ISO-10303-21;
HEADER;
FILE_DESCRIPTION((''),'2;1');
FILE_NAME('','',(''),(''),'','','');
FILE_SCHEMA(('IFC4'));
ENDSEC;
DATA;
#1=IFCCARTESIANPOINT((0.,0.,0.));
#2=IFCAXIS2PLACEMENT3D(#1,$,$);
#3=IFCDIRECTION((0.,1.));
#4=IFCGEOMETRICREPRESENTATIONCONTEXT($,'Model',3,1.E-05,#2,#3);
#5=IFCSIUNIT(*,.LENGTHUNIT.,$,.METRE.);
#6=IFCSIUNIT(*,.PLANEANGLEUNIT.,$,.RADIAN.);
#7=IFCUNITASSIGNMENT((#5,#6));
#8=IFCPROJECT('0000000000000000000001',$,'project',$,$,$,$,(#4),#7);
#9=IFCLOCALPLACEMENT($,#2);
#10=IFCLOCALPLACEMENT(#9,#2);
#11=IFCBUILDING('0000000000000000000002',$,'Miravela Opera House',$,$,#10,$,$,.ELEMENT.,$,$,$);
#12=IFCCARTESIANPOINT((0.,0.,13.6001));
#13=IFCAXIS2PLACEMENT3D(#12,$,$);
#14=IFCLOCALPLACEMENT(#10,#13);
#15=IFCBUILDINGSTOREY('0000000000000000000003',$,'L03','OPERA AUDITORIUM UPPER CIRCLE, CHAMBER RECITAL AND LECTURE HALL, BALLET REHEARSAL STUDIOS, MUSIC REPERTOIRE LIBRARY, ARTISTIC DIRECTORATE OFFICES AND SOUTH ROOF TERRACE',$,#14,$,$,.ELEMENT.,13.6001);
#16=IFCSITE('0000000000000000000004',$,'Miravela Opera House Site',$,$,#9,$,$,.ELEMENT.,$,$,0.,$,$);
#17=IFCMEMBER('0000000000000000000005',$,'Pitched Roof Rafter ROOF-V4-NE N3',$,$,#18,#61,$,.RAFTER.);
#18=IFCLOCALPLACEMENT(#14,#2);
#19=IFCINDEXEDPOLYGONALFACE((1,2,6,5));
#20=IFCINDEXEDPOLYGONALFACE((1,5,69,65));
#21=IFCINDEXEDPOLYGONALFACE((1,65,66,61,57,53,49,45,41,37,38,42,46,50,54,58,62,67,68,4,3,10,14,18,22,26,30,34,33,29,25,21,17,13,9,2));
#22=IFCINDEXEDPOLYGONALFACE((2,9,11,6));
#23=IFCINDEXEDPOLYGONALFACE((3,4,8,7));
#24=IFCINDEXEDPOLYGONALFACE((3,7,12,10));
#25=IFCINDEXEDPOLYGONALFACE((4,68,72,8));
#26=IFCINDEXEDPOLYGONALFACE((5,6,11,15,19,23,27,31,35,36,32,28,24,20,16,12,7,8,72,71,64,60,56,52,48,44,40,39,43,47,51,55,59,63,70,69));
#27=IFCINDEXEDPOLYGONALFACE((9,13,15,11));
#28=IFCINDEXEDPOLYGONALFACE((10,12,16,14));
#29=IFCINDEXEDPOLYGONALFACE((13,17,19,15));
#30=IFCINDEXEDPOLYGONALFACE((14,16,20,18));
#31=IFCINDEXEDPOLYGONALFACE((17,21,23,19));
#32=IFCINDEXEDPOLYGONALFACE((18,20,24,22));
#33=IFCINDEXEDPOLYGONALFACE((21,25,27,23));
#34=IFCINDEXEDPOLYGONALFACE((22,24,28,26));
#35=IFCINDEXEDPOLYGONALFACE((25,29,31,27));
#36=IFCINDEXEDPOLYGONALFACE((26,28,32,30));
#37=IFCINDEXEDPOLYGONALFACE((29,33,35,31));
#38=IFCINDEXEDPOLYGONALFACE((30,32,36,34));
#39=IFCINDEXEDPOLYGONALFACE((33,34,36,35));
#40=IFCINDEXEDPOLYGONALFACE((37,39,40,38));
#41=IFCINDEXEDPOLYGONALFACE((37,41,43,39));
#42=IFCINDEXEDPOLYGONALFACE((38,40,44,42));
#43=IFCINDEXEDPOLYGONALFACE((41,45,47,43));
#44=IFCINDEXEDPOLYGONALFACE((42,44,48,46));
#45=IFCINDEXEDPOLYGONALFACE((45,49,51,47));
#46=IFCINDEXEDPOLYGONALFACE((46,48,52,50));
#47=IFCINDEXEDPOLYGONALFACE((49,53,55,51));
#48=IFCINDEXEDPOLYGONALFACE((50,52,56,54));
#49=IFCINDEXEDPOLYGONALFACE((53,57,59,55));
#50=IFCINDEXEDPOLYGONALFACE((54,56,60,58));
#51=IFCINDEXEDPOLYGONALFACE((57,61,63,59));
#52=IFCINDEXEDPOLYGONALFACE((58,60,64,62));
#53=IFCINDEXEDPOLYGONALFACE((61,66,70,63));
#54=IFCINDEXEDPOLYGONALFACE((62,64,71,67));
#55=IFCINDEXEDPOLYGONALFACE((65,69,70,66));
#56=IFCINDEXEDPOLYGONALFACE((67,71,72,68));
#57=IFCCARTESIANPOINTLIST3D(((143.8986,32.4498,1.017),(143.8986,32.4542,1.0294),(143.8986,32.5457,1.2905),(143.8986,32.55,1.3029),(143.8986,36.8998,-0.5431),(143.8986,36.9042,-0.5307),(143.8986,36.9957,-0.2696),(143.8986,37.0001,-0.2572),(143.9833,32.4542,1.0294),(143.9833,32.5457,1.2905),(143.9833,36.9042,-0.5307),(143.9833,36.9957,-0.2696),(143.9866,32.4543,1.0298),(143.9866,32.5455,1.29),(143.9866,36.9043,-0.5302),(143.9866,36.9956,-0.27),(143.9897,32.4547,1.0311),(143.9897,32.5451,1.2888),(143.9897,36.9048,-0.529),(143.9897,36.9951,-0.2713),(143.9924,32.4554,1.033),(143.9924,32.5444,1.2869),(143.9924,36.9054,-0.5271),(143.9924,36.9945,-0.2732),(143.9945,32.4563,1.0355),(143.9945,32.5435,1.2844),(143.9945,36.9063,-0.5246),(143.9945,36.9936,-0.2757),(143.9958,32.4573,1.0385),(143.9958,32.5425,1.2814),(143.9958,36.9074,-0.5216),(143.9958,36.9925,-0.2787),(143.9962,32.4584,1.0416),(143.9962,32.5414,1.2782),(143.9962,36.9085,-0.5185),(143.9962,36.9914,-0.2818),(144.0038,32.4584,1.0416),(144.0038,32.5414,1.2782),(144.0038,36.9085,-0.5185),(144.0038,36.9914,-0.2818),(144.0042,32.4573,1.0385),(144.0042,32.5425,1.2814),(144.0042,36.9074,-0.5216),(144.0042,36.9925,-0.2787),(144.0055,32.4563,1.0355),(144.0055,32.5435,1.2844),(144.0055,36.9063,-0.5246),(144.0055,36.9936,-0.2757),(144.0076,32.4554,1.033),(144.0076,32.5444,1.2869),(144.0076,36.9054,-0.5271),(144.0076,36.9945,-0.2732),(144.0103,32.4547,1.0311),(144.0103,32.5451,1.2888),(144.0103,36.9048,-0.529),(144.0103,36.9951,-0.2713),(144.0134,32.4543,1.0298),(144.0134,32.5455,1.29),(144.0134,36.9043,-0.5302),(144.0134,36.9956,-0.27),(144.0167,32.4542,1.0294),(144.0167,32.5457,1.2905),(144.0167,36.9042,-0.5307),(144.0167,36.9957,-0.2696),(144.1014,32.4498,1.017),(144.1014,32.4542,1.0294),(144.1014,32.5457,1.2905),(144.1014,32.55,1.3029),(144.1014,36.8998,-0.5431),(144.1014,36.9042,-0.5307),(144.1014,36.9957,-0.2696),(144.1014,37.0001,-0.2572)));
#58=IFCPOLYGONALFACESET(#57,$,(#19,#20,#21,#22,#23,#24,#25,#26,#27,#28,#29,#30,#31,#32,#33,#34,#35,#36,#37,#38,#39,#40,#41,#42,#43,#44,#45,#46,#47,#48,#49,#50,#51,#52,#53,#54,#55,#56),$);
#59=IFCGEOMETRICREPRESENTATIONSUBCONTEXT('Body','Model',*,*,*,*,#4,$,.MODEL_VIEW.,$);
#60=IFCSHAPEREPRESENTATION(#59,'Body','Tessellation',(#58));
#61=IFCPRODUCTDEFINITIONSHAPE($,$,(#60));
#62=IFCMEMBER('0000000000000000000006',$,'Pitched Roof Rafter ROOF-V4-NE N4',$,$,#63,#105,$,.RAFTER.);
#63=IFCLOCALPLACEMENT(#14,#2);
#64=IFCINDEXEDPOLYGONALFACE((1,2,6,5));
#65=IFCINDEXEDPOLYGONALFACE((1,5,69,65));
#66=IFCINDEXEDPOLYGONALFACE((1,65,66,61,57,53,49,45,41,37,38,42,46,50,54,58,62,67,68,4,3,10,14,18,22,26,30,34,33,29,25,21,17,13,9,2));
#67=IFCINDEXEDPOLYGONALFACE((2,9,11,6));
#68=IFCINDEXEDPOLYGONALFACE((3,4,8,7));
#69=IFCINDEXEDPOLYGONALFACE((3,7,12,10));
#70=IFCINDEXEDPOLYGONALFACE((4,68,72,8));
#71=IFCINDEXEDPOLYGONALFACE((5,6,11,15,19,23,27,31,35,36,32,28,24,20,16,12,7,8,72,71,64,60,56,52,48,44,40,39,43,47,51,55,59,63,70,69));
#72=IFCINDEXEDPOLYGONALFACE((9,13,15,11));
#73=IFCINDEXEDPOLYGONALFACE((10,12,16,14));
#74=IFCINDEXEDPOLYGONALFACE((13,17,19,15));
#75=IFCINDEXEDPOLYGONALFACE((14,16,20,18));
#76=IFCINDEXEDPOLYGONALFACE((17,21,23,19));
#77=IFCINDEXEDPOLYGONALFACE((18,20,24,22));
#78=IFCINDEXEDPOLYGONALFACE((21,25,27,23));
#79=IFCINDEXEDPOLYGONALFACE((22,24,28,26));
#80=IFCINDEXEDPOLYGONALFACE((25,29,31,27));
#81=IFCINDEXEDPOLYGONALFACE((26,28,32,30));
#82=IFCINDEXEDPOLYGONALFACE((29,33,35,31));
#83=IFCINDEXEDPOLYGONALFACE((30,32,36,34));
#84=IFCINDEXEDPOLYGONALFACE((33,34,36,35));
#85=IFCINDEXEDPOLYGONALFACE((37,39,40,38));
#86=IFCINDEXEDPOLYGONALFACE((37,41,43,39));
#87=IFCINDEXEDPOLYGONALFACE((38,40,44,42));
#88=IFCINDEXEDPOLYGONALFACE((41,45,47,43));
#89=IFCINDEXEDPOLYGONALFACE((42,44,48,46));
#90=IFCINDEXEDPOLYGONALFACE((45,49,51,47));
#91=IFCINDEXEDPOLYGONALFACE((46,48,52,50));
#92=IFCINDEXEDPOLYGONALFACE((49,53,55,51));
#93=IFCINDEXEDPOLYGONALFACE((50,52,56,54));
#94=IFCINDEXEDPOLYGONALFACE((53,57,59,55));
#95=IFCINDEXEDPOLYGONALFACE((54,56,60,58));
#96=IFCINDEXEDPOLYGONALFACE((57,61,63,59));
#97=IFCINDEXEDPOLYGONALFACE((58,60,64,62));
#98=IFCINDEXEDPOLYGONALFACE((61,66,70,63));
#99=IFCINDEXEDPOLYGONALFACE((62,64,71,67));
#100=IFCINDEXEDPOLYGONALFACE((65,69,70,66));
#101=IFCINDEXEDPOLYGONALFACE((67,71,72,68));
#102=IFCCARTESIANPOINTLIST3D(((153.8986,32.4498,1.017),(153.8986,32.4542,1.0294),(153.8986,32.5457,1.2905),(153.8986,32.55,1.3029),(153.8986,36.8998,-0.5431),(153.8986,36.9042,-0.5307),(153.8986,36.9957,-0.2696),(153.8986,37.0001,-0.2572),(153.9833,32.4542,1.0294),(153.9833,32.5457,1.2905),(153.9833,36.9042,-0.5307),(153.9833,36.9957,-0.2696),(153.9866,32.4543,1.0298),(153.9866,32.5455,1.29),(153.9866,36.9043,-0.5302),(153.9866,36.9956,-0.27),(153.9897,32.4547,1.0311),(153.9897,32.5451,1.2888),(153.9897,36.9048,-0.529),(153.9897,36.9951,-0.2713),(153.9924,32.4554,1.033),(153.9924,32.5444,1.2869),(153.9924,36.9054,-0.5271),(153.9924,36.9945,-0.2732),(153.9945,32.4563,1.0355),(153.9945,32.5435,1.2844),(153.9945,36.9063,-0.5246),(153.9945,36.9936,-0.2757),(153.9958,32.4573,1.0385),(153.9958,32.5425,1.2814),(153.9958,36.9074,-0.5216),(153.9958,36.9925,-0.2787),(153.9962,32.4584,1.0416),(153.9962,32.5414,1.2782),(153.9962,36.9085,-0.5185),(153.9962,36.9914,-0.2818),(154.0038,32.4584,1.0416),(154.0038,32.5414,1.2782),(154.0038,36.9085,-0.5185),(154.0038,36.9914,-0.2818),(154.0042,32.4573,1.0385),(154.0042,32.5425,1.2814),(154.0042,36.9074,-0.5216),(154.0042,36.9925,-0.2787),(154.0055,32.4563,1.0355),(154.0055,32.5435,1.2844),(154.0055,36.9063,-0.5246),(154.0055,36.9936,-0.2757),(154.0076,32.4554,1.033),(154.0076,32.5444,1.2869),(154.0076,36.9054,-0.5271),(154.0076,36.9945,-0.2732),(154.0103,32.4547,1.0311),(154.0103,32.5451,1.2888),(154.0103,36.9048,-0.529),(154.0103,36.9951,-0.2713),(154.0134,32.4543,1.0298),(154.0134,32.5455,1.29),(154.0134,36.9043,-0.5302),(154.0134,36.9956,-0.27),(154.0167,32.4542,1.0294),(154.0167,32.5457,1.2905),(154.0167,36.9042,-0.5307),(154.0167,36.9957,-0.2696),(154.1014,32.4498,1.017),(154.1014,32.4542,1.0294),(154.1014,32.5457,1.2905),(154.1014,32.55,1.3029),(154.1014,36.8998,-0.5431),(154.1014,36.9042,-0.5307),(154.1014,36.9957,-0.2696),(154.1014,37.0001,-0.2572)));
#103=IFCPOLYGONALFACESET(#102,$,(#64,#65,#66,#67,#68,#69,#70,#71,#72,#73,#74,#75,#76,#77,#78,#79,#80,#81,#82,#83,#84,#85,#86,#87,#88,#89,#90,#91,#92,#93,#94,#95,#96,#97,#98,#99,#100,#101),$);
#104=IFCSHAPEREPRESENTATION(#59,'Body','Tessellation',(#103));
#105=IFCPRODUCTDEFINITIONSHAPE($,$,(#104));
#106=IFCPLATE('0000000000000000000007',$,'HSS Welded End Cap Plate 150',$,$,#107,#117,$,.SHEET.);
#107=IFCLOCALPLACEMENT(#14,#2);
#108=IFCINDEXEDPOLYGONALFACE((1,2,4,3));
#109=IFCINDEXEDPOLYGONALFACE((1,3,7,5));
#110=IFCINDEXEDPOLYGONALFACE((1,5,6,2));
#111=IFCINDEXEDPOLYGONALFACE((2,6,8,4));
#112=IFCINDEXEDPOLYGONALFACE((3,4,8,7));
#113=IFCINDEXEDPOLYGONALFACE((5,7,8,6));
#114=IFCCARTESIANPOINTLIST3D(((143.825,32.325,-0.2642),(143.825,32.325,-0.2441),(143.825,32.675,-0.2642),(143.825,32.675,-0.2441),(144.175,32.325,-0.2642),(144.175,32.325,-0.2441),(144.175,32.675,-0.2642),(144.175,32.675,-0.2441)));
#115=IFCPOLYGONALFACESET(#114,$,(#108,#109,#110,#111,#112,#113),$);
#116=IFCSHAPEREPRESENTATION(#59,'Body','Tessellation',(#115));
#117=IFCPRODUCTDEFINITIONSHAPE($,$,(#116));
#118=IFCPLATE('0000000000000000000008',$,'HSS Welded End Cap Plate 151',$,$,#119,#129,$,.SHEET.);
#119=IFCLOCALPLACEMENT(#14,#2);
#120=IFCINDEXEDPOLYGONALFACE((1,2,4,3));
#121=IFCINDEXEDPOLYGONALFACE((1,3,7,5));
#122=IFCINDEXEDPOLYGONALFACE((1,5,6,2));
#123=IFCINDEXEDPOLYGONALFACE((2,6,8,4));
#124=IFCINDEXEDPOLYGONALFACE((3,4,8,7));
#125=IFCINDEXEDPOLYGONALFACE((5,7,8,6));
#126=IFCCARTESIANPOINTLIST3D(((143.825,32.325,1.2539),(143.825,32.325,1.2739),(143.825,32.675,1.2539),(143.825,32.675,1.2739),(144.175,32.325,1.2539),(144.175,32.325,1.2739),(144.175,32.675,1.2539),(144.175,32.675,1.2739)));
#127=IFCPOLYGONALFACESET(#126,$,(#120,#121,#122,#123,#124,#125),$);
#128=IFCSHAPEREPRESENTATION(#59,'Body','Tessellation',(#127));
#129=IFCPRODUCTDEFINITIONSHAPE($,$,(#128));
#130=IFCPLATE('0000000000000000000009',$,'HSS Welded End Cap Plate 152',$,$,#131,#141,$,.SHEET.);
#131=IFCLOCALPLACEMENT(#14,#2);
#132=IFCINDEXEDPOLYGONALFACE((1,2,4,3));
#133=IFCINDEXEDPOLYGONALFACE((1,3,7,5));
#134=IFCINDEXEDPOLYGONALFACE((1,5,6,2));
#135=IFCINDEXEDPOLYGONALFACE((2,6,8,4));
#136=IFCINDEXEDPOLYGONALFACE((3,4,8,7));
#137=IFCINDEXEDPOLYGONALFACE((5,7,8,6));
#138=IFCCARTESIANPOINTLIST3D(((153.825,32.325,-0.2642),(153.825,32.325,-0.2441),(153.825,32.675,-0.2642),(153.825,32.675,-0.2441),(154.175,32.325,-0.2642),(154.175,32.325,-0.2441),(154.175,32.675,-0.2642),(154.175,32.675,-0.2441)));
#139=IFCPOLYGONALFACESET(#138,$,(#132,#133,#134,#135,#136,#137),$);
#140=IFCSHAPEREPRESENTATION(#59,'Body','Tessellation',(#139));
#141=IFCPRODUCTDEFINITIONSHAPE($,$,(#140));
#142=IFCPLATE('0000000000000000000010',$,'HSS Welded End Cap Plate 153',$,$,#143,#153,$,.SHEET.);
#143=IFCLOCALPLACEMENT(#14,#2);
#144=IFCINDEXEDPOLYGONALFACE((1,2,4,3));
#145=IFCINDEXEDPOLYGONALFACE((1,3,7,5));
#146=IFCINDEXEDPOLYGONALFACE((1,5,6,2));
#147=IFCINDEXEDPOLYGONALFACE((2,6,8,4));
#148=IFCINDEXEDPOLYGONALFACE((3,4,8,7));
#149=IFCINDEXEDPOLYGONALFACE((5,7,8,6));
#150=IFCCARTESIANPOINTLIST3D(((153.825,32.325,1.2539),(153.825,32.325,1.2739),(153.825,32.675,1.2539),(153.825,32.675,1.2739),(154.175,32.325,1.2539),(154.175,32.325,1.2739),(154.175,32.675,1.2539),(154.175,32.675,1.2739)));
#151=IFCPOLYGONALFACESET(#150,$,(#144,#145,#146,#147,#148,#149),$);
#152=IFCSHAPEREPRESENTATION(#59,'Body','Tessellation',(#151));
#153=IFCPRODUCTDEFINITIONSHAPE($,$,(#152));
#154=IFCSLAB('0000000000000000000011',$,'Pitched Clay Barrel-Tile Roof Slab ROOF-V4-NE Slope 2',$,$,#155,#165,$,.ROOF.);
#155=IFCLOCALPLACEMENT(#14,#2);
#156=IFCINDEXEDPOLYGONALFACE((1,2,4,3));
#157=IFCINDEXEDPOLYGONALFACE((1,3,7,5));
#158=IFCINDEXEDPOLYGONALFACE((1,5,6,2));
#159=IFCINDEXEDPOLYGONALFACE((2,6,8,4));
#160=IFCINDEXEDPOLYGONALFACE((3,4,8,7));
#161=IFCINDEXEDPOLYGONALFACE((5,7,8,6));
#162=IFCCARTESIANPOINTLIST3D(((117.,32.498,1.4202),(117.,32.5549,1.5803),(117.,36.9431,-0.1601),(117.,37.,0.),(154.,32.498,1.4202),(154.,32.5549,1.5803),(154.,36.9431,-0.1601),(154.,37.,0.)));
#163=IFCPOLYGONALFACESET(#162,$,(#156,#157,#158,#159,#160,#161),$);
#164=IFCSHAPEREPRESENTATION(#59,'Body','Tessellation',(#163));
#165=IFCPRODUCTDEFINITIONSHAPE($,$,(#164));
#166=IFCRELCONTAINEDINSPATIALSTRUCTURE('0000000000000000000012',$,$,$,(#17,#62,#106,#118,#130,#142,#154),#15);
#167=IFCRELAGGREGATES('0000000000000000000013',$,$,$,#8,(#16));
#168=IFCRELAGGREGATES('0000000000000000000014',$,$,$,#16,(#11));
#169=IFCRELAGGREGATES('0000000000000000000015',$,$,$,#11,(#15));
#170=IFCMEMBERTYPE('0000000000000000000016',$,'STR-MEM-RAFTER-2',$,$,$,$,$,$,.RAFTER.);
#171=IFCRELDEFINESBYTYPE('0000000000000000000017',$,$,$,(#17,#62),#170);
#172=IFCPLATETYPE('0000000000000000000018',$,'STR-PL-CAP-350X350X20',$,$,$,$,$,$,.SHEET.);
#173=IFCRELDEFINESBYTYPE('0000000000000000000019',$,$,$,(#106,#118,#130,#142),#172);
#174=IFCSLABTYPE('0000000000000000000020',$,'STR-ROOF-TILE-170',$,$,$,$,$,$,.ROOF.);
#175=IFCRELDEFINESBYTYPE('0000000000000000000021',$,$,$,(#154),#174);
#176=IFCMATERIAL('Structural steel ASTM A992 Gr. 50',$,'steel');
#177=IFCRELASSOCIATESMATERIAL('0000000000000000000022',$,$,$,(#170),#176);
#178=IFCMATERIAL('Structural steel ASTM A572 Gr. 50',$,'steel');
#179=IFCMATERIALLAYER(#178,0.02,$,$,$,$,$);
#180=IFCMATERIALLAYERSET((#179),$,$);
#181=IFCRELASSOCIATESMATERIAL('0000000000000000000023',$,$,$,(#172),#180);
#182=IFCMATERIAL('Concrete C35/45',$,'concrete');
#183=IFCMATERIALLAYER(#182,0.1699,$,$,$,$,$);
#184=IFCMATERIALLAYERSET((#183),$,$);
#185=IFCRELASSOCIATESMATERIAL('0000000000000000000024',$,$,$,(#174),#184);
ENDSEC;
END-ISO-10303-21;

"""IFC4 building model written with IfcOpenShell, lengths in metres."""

from ifc_helpers import new_model, si_unit, direction, frame, origin, origin_2d, place, context, subcontext, project, spatial, polyline, rectangle, i_section, outline, extrude, material, layer, layer_set, material_profile, profile_set, type_object, element, save


model = new_model("IFC4")

# Units and contexts
model_context = context("Model", 3, precision=1e-05, world=origin(), true_north=direction((0.0, 1.0)))
body_context = subcontext(model_context, "Body", "Model", "MODEL_VIEW")
ifc_project = project(units=[si_unit("LENGTHUNIT", "METRE"), si_unit("PLANEANGLEUNIT", "RADIAN")], contexts=[model_context])

# Site, building, storey
site_placement = place(None, origin())
site = spatial("IfcSite", under=ifc_project, at=site_placement, Name="Miravela Opera House Site", CompositionType="ELEMENT", RefElevation=0.0)
building_placement = place(site_placement, origin())
building = spatial("IfcBuilding", under=site, at=building_placement, Name="Miravela Opera House", CompositionType="ELEMENT")
storey_placement = place(building_placement, frame((0.0, 0.0, 13.6001)))
storey = spatial("IfcBuildingStorey", under=building, at=storey_placement, Name="L03", Description="OPERA AUDITORIUM UPPER CIRCLE, CHAMBER RECITAL AND LECTURE HALL, BALLET REHEARSAL STUDIOS, MUSIC REPERTOIRE LIBRARY, ARTISTIC DIRECTORATE OFFICES AND SOUTH ROOF TERRACE", CompositionType="ELEMENT", Elevation=13.6001)

# Shared definitions
ifc_material_1 = material(Name="Concrete C35/45", Category="concrete")

# Shared definitions
ifc_material_2 = material(Name="Structural steel ASTM A992 Gr. 50", Category="steel")

# Members
ifc_material_profile_1 = material_profile(ifc_material_2, i_section(OverallWidth=0.2029, OverallDepth=0.303, WebThickness=0.0076, FlangeThickness=0.0132, FilletRadius=0.0129, at=origin_2d()), Name="W310X60")
ifc_profile_set_1 = profile_set([ifc_material_profile_1])
member_type_1 = type_object("IfcMemberType", Name="STR-MEM-RAFTER-2", PredefinedType="RAFTER", material=ifc_profile_set_1)
for number, where, z_axis, x_axis, name in (
    (1, (144.0, 36.95, -0.4001), (0.0, -0.943688, 0.330837), (1.0, 0.0, 0.0), "Pitched Roof Rafter ROOF-V4-NE N3"),
    (2, (154.0, 36.95, -0.4001), (0.0, -0.943688, 0.330837), (1.0, 0.0, 0.0), "Pitched Roof Rafter ROOF-V4-NE N4"),
):
    element("IfcMember", number, at=place(storey_placement, frame(where, z_axis=z_axis, x_axis=x_axis)), inside=storey, type_object=member_type_1, Name=name, PredefinedType="RAFTER", context=body_context, shape_type="SweptSolid", body=[
        extrude(i_section(OverallWidth=0.2029, OverallDepth=0.303, WebThickness=0.0076, FlangeThickness=0.0132, FilletRadius=0.0129, at=origin_2d()), origin(), (0.0, 0.0, 1.0), 4.7156),
    ])

# Plates
ifc_material_3 = material(Name="Structural steel ASTM A572 Gr. 50", Category="steel")
ifc_layer_1 = layer(ifc_material_3, 0.02)
ifc_layer_set_1 = layer_set([ifc_layer_1])
plate_type = type_object("IfcPlateType", Name="STR-PL-CAP-350X350X20", PredefinedType="SHEET", material=ifc_layer_set_1)
for number, where, z_axis, x_axis, name in (
    (3, (144.0, 32.5, -0.2642), (0.0, 0.0, 1.0), (1.0, 0.0, 0.0), "HSS Welded End Cap Plate 150"),
    (4, (144.0, 32.5, 1.2539), (0.0, 0.0, 1.0), (1.0, 0.0, 0.0), "HSS Welded End Cap Plate 151"),
    (5, (154.0, 32.5, -0.2642), (0.0, 0.0, 1.0), (1.0, 0.0, 0.0), "HSS Welded End Cap Plate 152"),
    (6, (154.0, 32.5, 1.2539), (0.0, 0.0, 1.0), (1.0, 0.0, 0.0), "HSS Welded End Cap Plate 153"),
):
    element("IfcPlate", number, at=place(storey_placement, frame(where, z_axis=z_axis, x_axis=x_axis)), inside=storey, type_object=plate_type, Name=name, PredefinedType="SHEET", context=body_context, shape_type="SweptSolid", body=[
        extrude(rectangle(XDim=0.3501, YDim=0.3501, at=origin_2d()), origin(), (0.0, 0.0, 1.0), 0.02),
    ])

# Slab
ifc_layer_2 = layer(ifc_material_1, 0.1699)
ifc_layer_set_2 = layer_set([ifc_layer_2])
slab_type = type_object("IfcSlabType", Name="STR-ROOF-TILE-170", PredefinedType="ROOF", material=ifc_layer_set_2)
slab_placement = place(storey_placement, frame((154.0, 37.0, 0.0), z_axis=(0.0, 0.334982, 0.942224), x_axis=(-1.0, 0.0, 0.0)))
element("IfcSlab", 7, at=slab_placement, inside=storey, type_object=slab_type, Name="Pitched Clay Barrel-Tile Roof Slab ROOF-V4-NE Slope 2", PredefinedType="ROOF", context=body_context, shape_type="SweptSolid", body=[
    extrude(outline(polyline([(0.0, 0.0), (37.0, 0.0), (37.0, 4.7176), (0.0, 4.7176), (0.0, 0.0)])), origin(), (0.0, 0.0, -1.0), 0.1699),
])

save(model, "model.ifc")
